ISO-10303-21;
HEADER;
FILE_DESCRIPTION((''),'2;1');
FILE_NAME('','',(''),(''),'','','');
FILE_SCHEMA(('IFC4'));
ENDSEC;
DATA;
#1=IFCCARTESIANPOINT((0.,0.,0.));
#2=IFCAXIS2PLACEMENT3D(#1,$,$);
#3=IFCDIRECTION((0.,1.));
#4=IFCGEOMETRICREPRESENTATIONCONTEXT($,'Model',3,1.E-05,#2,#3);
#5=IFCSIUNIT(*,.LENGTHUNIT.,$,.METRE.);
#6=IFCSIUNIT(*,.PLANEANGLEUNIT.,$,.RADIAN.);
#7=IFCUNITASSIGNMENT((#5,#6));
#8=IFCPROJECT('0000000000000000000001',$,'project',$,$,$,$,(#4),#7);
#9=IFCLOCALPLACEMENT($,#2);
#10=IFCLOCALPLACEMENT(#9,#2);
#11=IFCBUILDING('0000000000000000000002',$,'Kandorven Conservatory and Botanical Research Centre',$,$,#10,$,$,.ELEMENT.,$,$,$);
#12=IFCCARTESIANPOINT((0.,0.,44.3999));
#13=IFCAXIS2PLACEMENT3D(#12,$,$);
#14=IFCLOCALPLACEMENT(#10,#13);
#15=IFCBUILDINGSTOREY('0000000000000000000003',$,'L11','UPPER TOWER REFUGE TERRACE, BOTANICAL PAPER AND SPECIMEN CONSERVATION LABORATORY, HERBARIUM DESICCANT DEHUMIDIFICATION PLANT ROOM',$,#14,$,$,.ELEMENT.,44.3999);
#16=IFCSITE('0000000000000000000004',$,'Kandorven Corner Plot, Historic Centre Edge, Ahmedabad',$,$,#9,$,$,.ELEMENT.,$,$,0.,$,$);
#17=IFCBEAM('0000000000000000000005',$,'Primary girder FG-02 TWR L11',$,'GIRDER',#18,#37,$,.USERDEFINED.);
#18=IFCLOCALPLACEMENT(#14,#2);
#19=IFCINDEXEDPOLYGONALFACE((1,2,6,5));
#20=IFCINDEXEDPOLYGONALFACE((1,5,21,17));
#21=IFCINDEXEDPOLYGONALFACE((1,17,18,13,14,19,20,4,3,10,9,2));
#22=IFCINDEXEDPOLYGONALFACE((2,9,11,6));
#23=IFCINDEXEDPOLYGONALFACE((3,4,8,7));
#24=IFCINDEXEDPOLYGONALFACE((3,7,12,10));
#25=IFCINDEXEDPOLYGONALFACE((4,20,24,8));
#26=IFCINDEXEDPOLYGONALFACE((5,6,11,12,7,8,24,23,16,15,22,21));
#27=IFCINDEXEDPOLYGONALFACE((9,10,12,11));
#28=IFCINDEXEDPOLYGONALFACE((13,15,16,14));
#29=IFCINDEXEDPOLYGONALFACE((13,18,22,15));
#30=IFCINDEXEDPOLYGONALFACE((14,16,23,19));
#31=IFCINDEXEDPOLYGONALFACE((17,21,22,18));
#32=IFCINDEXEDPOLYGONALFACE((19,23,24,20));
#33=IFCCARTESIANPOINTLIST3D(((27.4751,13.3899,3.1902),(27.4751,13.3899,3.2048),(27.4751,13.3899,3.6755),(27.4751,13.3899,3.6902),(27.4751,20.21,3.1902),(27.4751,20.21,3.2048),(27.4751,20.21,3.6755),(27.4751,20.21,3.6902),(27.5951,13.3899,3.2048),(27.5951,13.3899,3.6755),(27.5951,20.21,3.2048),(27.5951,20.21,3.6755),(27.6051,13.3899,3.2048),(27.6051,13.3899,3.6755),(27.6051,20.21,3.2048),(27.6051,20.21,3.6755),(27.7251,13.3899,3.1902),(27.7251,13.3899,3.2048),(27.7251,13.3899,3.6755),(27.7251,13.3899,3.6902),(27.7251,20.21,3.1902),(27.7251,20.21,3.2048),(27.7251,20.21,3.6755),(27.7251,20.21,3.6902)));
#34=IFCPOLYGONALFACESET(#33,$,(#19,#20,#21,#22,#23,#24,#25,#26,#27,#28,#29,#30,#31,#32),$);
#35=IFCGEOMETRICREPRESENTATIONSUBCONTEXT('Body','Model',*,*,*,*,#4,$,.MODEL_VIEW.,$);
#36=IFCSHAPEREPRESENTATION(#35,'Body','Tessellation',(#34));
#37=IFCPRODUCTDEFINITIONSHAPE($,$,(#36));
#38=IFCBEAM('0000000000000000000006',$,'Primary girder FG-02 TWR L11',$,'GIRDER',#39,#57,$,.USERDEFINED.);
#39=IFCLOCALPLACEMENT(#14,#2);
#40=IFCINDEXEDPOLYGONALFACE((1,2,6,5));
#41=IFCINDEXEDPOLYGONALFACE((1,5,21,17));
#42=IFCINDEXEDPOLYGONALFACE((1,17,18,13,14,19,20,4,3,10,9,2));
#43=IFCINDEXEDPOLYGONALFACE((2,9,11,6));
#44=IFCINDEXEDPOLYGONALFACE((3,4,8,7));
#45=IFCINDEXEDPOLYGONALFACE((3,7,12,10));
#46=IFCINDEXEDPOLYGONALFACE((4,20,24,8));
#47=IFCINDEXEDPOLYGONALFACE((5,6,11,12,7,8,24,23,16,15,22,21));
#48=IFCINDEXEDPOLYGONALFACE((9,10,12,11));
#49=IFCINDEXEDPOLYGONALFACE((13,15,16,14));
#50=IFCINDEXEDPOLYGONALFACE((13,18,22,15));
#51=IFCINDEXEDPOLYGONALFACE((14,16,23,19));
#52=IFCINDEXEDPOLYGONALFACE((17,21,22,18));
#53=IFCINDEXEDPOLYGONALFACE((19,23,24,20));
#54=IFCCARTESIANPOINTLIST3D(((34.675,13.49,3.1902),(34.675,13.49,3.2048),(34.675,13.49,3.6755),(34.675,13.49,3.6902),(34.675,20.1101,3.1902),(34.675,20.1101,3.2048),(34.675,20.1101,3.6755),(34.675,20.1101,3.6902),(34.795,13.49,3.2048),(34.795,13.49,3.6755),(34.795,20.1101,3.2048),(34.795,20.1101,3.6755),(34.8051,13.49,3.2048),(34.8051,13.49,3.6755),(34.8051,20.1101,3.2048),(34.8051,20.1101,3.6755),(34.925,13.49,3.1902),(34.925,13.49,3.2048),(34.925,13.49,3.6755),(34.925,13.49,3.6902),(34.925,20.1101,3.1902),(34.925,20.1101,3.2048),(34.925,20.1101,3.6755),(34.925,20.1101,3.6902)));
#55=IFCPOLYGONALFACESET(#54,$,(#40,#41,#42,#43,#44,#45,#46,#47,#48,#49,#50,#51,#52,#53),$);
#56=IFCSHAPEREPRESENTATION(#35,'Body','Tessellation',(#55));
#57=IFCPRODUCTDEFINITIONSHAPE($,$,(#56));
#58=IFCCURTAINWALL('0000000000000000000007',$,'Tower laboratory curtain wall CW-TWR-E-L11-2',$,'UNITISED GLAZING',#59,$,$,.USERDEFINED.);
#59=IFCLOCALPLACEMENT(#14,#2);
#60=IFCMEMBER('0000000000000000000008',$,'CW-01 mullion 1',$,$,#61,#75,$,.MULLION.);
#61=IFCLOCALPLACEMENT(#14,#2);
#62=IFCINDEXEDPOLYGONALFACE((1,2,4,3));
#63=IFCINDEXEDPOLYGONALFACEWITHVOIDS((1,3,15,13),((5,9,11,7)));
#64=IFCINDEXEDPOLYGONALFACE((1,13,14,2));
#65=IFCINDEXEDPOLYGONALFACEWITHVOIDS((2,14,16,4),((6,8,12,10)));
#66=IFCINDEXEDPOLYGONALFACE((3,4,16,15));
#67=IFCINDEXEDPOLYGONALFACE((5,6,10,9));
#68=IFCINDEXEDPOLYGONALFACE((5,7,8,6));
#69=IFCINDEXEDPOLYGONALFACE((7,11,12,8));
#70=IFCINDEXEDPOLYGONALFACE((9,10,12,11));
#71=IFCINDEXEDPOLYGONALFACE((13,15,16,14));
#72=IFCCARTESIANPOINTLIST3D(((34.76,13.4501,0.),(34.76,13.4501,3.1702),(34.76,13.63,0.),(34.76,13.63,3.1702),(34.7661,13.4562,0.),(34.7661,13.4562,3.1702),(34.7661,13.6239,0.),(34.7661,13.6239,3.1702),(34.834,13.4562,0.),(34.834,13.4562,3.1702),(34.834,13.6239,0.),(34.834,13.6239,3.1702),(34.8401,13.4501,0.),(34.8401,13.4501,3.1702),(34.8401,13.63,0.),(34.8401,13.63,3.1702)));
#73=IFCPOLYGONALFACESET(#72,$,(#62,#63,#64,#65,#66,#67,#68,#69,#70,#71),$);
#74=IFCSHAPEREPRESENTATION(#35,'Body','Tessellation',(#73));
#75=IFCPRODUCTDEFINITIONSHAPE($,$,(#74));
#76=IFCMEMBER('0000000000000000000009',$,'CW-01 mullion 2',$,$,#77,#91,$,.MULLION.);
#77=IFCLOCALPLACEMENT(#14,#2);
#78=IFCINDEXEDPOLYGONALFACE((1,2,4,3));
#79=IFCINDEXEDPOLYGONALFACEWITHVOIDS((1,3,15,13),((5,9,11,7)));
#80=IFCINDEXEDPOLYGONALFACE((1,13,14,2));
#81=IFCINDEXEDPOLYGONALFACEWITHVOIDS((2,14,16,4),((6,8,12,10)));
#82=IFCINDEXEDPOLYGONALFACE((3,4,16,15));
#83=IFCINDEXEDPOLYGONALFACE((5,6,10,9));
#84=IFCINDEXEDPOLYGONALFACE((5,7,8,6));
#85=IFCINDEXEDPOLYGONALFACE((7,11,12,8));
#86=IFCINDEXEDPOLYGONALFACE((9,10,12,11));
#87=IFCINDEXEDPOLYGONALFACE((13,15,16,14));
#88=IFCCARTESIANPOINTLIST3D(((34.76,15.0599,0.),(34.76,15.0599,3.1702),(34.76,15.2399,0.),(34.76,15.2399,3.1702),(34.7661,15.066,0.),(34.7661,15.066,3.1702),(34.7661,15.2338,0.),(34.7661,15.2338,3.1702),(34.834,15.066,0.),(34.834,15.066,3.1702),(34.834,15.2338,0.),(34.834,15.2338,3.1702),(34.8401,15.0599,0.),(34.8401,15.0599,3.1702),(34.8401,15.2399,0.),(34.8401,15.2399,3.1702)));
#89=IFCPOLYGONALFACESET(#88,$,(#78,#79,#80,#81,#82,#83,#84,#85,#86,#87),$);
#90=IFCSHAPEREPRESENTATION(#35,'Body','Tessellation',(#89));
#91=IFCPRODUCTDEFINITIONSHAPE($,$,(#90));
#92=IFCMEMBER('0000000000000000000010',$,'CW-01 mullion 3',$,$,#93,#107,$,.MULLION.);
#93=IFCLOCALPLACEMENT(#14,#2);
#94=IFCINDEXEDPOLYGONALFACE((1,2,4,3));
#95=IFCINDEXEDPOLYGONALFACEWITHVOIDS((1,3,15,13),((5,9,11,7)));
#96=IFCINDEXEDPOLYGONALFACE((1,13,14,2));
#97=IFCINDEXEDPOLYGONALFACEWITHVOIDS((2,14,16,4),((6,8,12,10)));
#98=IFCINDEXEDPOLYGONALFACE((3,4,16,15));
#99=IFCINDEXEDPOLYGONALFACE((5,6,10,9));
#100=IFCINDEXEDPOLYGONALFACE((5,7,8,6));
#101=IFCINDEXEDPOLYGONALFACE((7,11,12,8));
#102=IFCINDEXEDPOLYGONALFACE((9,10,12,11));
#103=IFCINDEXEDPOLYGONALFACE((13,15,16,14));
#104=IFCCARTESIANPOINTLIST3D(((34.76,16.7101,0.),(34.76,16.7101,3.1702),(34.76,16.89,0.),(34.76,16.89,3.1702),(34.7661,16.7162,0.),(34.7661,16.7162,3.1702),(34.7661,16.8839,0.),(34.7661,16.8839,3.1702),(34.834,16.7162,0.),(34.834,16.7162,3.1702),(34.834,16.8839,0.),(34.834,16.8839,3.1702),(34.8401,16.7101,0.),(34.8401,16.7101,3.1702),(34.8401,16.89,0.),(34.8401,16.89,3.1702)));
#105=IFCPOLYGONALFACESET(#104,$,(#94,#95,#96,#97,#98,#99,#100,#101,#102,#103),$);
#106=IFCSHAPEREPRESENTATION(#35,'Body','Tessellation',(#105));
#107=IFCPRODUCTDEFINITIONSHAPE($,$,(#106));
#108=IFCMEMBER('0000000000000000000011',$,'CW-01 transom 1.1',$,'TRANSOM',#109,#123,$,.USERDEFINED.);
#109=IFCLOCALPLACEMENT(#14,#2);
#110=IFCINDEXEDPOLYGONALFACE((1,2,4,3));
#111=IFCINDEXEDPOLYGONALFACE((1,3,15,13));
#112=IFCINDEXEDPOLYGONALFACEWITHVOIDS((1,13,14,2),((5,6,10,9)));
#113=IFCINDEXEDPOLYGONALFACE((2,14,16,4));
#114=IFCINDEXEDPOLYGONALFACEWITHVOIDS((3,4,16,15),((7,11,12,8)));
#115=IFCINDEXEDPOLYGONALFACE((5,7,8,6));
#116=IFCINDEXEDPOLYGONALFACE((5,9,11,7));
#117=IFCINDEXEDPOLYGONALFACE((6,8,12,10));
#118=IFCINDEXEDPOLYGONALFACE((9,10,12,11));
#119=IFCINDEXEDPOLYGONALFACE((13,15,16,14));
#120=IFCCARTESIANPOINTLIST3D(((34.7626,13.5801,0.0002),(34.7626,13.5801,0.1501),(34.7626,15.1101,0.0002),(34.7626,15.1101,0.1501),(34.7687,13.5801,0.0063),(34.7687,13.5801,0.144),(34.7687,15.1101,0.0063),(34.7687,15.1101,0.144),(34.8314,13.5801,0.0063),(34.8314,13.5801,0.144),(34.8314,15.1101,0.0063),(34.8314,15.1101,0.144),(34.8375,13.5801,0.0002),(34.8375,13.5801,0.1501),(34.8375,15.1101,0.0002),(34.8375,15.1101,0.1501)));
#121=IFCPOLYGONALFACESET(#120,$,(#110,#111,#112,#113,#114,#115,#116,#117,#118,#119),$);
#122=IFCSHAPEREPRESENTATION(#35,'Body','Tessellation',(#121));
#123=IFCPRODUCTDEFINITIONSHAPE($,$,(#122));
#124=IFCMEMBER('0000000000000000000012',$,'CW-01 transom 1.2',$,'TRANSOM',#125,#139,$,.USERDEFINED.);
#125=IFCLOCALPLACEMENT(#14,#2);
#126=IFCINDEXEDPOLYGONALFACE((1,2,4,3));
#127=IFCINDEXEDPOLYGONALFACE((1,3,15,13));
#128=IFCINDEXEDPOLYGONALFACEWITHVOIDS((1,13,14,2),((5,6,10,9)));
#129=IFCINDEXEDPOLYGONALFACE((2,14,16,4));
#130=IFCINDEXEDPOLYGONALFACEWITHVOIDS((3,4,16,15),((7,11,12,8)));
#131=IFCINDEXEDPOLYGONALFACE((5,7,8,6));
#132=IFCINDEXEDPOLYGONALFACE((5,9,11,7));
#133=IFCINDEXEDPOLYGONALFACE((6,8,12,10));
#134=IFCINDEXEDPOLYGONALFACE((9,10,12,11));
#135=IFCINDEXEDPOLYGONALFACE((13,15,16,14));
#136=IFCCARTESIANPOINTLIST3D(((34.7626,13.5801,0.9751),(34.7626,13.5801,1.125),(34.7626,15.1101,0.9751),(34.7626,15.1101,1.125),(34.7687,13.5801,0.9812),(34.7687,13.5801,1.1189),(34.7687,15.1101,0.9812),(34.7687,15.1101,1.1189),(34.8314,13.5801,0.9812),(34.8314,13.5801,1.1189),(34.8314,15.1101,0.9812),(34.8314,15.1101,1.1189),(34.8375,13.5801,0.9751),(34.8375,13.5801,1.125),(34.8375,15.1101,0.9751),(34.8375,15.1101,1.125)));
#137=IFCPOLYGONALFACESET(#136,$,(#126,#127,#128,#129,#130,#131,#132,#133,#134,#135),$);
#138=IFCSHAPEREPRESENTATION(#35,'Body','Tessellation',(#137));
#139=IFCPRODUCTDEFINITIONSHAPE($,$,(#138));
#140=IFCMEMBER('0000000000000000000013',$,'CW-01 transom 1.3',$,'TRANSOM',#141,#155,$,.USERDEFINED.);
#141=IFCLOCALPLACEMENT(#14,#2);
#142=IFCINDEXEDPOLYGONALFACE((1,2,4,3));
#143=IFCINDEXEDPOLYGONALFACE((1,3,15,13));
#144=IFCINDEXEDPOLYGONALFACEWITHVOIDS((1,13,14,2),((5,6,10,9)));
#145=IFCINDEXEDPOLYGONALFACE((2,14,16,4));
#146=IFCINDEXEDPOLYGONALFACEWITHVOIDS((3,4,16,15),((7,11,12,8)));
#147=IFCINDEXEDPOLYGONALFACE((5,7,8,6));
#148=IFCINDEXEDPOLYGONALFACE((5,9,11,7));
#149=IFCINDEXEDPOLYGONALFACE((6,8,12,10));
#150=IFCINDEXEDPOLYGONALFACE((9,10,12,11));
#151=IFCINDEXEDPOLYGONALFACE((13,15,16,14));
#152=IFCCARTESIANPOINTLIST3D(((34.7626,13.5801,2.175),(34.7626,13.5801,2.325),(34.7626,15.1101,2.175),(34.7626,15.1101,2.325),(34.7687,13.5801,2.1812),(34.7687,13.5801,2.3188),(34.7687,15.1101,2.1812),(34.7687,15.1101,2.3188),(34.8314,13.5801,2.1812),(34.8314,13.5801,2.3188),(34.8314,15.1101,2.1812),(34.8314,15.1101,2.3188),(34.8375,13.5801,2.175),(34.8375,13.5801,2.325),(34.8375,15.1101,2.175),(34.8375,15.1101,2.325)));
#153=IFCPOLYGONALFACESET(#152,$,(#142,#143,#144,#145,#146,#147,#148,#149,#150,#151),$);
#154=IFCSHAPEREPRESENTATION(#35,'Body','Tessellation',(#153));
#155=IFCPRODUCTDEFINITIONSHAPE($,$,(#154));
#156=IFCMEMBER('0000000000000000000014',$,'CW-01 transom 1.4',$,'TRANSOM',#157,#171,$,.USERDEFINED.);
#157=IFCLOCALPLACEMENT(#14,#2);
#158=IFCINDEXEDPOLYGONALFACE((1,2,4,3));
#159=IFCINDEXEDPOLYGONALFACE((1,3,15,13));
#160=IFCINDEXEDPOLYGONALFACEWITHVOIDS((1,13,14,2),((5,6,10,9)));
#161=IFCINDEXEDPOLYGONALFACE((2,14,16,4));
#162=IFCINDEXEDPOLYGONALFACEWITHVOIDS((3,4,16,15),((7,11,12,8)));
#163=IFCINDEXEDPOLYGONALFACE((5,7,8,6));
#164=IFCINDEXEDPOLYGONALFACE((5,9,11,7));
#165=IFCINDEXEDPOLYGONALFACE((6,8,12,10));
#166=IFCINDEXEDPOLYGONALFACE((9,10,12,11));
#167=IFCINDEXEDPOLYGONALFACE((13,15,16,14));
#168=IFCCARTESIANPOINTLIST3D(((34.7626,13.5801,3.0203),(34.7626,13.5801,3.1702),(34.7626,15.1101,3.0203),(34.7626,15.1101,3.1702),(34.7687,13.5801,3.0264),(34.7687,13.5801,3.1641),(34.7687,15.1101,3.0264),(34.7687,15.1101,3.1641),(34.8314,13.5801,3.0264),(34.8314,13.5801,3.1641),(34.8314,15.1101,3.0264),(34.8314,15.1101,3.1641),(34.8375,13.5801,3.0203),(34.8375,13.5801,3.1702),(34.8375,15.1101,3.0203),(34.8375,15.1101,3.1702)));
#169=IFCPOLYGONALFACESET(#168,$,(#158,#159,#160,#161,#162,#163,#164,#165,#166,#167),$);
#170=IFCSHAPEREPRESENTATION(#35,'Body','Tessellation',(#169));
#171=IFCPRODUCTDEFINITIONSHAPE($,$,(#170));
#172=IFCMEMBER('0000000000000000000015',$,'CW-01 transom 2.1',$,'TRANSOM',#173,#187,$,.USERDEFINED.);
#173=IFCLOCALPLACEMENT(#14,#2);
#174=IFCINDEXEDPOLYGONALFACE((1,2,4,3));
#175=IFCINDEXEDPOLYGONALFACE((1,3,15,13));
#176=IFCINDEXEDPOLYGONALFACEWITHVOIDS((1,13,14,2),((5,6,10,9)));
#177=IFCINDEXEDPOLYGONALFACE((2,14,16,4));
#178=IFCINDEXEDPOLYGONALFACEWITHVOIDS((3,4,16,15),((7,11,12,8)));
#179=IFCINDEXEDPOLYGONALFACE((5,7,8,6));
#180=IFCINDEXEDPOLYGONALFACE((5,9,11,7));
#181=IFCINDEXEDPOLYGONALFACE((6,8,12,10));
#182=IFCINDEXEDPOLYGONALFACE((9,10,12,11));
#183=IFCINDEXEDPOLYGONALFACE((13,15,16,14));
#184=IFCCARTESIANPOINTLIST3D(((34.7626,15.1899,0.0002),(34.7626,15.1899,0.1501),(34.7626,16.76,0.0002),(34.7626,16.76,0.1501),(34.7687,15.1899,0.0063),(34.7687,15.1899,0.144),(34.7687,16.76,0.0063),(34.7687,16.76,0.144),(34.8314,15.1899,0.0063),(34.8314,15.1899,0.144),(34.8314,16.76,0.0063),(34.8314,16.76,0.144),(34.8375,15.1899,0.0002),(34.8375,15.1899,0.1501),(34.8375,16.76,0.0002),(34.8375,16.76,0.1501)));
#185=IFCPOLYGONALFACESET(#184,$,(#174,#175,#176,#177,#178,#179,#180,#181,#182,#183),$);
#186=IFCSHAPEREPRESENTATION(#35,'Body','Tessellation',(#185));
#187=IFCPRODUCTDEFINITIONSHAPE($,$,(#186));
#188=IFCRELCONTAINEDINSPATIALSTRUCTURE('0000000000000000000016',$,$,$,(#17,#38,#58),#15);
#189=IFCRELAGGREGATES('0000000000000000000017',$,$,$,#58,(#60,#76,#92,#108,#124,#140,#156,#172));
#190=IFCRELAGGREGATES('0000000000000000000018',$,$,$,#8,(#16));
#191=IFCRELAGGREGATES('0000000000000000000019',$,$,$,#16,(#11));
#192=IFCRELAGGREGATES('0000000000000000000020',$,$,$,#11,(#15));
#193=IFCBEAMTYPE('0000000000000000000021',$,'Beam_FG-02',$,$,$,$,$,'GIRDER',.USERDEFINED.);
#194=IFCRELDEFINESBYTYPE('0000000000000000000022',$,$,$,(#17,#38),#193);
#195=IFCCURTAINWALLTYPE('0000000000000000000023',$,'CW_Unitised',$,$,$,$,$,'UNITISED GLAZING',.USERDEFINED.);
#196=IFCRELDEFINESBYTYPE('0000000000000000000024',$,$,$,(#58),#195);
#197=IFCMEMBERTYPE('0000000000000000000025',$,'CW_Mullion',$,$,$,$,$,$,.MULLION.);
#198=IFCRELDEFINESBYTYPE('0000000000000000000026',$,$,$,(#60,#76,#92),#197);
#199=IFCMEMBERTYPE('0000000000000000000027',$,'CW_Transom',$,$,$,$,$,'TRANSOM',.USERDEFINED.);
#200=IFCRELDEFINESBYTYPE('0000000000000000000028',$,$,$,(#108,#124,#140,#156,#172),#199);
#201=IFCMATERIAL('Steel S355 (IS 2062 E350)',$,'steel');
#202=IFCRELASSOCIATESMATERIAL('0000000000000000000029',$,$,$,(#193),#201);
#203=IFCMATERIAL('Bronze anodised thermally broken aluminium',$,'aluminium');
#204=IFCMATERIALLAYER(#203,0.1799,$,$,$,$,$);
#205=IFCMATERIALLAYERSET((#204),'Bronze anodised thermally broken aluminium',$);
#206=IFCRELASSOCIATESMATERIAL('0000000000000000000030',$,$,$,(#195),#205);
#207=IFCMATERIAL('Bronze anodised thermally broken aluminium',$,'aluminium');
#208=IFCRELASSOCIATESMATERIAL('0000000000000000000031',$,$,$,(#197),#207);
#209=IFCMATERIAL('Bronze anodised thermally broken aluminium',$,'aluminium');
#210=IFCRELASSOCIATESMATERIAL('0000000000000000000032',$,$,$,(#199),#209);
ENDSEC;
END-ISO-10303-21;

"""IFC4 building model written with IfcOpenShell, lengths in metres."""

from ifc_helpers import new_model, si_unit, direction, frame, origin, origin_2d, place, context, subcontext, project, spatial, hollow_rectangle, i_section, extrude, material, layer, layer_set, material_profile, profile_set, type_object, element, aggregate, save


model = new_model("IFC4")

# Units and contexts
model_context = context("Model", 3, precision=1e-05, world=origin(), true_north=direction((0.0, 1.0)))
body_context = subcontext(model_context, "Body", "Model", "MODEL_VIEW")
ifc_project = project(units=[si_unit("LENGTHUNIT", "METRE"), si_unit("PLANEANGLEUNIT", "RADIAN")], contexts=[model_context])

# Site, building, storey
site_placement = place(None, origin())
site = spatial("IfcSite", under=ifc_project, at=site_placement, Name="Kandorven Corner Plot, Historic Centre Edge, Ahmedabad", CompositionType="ELEMENT", RefElevation=0.0)
building_placement = place(site_placement, origin())
building = spatial("IfcBuilding", under=site, at=building_placement, Name="Kandorven Conservatory and Botanical Research Centre", CompositionType="ELEMENT")
storey_placement = place(building_placement, frame((0.0, 0.0, 44.3999)))
storey = spatial("IfcBuildingStorey", under=building, at=storey_placement, Name="L11", Description="UPPER TOWER REFUGE TERRACE, BOTANICAL PAPER AND SPECIMEN CONSERVATION LABORATORY, HERBARIUM DESICCANT DEHUMIDIFICATION PLANT ROOM", CompositionType="ELEMENT", Elevation=44.3999)

# Beams
ifc_material_1 = material(Name="Steel S355 (IS 2062 E350)", Category="steel")
ifc_material_profile_1 = material_profile(ifc_material_1, i_section(OverallWidth=0.25, OverallDepth=0.5, WebThickness=0.01, FlangeThickness=0.0146, at=origin_2d()))
ifc_profile_set_1 = profile_set([ifc_material_profile_1], Name="Steel S355 (IS 2062 E350)")
beam_type = type_object("IfcBeamType", Name="Beam_FG-02", ElementType="GIRDER", PredefinedType="USERDEFINED", material=ifc_profile_set_1)
beam_1_placement = place(storey_placement, frame((27.6001, 13.3899, 3.4402), z_axis=(0.0, 1.0, 0.0), x_axis=(-1.0, 0.0, 0.0)))
element("IfcBeam", 1, at=beam_1_placement, inside=storey, type_object=beam_type, Name="Primary girder FG-02 TWR L11", ObjectType="GIRDER", PredefinedType="USERDEFINED", context=body_context, shape_type="SweptSolid", body=[
    extrude(i_section(OverallWidth=0.25, OverallDepth=0.5, WebThickness=0.01, FlangeThickness=0.0146, at=origin_2d()), origin(), (0.0, 0.0, 1.0), 6.8201),
])
beam_2_placement = place(storey_placement, frame((34.8, 13.49, 3.4402), z_axis=(0.0, 1.0, 0.0), x_axis=(-1.0, 0.0, 0.0)))
element("IfcBeam", 2, at=beam_2_placement, inside=storey, type_object=beam_type, Name="Primary girder FG-02 TWR L11", ObjectType="GIRDER", PredefinedType="USERDEFINED", context=body_context, shape_type="SweptSolid", body=[
    extrude(i_section(OverallWidth=0.25, OverallDepth=0.5, WebThickness=0.01, FlangeThickness=0.0146, at=origin_2d()), origin(), (0.0, 0.0, 1.0), 6.6201),
])

# Curtain wall, members
ifc_material_2 = material(Name="Bronze anodised thermally broken aluminium", Category="aluminium")
ifc_layer_1 = layer(ifc_material_2, 0.1799)
ifc_layer_set_1 = layer_set([ifc_layer_1], Name="Bronze anodised thermally broken aluminium")
curtain_wall_type = type_object("IfcCurtainWallType", Name="CW_Unitised", ElementType="UNITISED GLAZING", PredefinedType="USERDEFINED", material=ifc_layer_set_1)
curtain_wall_placement = place(storey_placement, origin())
curtain_wall = element("IfcCurtainWall", 3, at=curtain_wall_placement, inside=storey, type_object=curtain_wall_type, Name="Tower laboratory curtain wall CW-TWR-E-L11-2", ObjectType="UNITISED GLAZING", PredefinedType="USERDEFINED")
ifc_material_3 = material(Name="Bronze anodised thermally broken aluminium", Category="aluminium")
ifc_material_profile_2 = material_profile(ifc_material_3, hollow_rectangle(XDim=0.0801, YDim=0.1799, WallThickness=0.0061, at=origin_2d()))
ifc_profile_set_2 = profile_set([ifc_material_profile_2], Name="Bronze anodised thermally broken aluminium")
member_type_1 = type_object("IfcMemberType", Name="CW_Mullion", PredefinedType="MULLION", material=ifc_profile_set_2)
member_1_placement = place(storey_placement, frame((34.8, 13.54, 0.0), z_axis=(0.0, 0.0, 1.0), x_axis=(-1.0, 0.0, 0.0)))
member_1 = element("IfcMember", 4, at=member_1_placement, type_object=member_type_1, Name="CW-01 mullion 1", PredefinedType="MULLION", context=body_context, shape_type="SweptSolid", body=[
    extrude(hollow_rectangle(XDim=0.0801, YDim=0.1799, WallThickness=0.0061, at=origin_2d()), origin(), (0.0, 0.0, 1.0), 3.1702),
])
member_2_placement = place(storey_placement, frame((34.8, 15.1499, 0.0), z_axis=(0.0, 0.0, 1.0), x_axis=(-1.0, 0.0, 0.0)))
member_2 = element("IfcMember", 5, at=member_2_placement, type_object=member_type_1, Name="CW-01 mullion 2", PredefinedType="MULLION", context=body_context, shape_type="SweptSolid", body=[
    extrude(hollow_rectangle(XDim=0.0801, YDim=0.1799, WallThickness=0.0061, at=origin_2d()), origin(), (0.0, 0.0, 1.0), 3.1702),
])
member_3_placement = place(storey_placement, frame((34.8, 16.8, 0.0), z_axis=(0.0, 0.0, 1.0), x_axis=(-1.0, 0.0, 0.0)))
member_3 = element("IfcMember", 6, at=member_3_placement, type_object=member_type_1, Name="CW-01 mullion 3", PredefinedType="MULLION", context=body_context, shape_type="SweptSolid", body=[
    extrude(hollow_rectangle(XDim=0.0801, YDim=0.1799, WallThickness=0.0061, at=origin_2d()), origin(), (0.0, 0.0, 1.0), 3.1702),
])
ifc_material_4 = material(Name="Bronze anodised thermally broken aluminium", Category="aluminium")
ifc_material_profile_3 = material_profile(ifc_material_4, hollow_rectangle(XDim=0.075, YDim=0.1499, WallThickness=0.0061, at=origin_2d()))
ifc_profile_set_3 = profile_set([ifc_material_profile_3], Name="Bronze anodised thermally broken aluminium")
member_type_2 = type_object("IfcMemberType", Name="CW_Transom", ElementType="TRANSOM", PredefinedType="USERDEFINED", material=ifc_profile_set_3)
member_4_placement = place(storey_placement, frame((34.8, 13.5801, 0.0752), z_axis=(0.0, 1.0, 0.0), x_axis=(-1.0, 0.0, 0.0)))
member_4 = element("IfcMember", 7, at=member_4_placement, type_object=member_type_2, Name="CW-01 transom 1.1", ObjectType="TRANSOM", PredefinedType="USERDEFINED", context=body_context, shape_type="SweptSolid", body=[
    extrude(hollow_rectangle(XDim=0.075, YDim=0.1499, WallThickness=0.0061, at=origin_2d()), origin(), (0.0, 0.0, 1.0), 1.53),
])
member_5_placement = place(storey_placement, frame((34.8, 13.5801, 1.05), z_axis=(0.0, 1.0, 0.0), x_axis=(-1.0, 0.0, 0.0)))
member_5 = element("IfcMember", 8, at=member_5_placement, type_object=member_type_2, Name="CW-01 transom 1.2", ObjectType="TRANSOM", PredefinedType="USERDEFINED", context=body_context, shape_type="SweptSolid", body=[
    extrude(hollow_rectangle(XDim=0.075, YDim=0.1499, WallThickness=0.0061, at=origin_2d()), origin(), (0.0, 0.0, 1.0), 1.53),
])
member_6_placement = place(storey_placement, frame((34.8, 13.5801, 2.25), z_axis=(0.0, 1.0, 0.0), x_axis=(-1.0, 0.0, 0.0)))
member_6 = element("IfcMember", 9, at=member_6_placement, type_object=member_type_2, Name="CW-01 transom 1.3", ObjectType="TRANSOM", PredefinedType="USERDEFINED", context=body_context, shape_type="SweptSolid", body=[
    extrude(hollow_rectangle(XDim=0.075, YDim=0.1499, WallThickness=0.0061, at=origin_2d()), origin(), (0.0, 0.0, 1.0), 1.53),
])
member_7_placement = place(storey_placement, frame((34.8, 13.5801, 3.0952), z_axis=(0.0, 1.0, 0.0), x_axis=(-1.0, 0.0, 0.0)))
member_7 = element("IfcMember", 10, at=member_7_placement, type_object=member_type_2, Name="CW-01 transom 1.4", ObjectType="TRANSOM", PredefinedType="USERDEFINED", context=body_context, shape_type="SweptSolid", body=[
    extrude(hollow_rectangle(XDim=0.075, YDim=0.1499, WallThickness=0.0061, at=origin_2d()), origin(), (0.0, 0.0, 1.0), 1.53),
])
member_8_placement = place(storey_placement, frame((34.8, 15.1899, 0.0752), z_axis=(0.0, 1.0, 0.0), x_axis=(-1.0, 0.0, 0.0)))
member_8 = element("IfcMember", 11, at=member_8_placement, type_object=member_type_2, Name="CW-01 transom 2.1", ObjectType="TRANSOM", PredefinedType="USERDEFINED", context=body_context, shape_type="SweptSolid", body=[
    extrude(hollow_rectangle(XDim=0.075, YDim=0.1499, WallThickness=0.0061, at=origin_2d()), origin(), (0.0, 0.0, 1.0), 1.5701),
])
aggregate(curtain_wall, [member_1, member_2, member_3, member_4, member_5, member_6, member_7, member_8])

save(model, "model.ifc")
